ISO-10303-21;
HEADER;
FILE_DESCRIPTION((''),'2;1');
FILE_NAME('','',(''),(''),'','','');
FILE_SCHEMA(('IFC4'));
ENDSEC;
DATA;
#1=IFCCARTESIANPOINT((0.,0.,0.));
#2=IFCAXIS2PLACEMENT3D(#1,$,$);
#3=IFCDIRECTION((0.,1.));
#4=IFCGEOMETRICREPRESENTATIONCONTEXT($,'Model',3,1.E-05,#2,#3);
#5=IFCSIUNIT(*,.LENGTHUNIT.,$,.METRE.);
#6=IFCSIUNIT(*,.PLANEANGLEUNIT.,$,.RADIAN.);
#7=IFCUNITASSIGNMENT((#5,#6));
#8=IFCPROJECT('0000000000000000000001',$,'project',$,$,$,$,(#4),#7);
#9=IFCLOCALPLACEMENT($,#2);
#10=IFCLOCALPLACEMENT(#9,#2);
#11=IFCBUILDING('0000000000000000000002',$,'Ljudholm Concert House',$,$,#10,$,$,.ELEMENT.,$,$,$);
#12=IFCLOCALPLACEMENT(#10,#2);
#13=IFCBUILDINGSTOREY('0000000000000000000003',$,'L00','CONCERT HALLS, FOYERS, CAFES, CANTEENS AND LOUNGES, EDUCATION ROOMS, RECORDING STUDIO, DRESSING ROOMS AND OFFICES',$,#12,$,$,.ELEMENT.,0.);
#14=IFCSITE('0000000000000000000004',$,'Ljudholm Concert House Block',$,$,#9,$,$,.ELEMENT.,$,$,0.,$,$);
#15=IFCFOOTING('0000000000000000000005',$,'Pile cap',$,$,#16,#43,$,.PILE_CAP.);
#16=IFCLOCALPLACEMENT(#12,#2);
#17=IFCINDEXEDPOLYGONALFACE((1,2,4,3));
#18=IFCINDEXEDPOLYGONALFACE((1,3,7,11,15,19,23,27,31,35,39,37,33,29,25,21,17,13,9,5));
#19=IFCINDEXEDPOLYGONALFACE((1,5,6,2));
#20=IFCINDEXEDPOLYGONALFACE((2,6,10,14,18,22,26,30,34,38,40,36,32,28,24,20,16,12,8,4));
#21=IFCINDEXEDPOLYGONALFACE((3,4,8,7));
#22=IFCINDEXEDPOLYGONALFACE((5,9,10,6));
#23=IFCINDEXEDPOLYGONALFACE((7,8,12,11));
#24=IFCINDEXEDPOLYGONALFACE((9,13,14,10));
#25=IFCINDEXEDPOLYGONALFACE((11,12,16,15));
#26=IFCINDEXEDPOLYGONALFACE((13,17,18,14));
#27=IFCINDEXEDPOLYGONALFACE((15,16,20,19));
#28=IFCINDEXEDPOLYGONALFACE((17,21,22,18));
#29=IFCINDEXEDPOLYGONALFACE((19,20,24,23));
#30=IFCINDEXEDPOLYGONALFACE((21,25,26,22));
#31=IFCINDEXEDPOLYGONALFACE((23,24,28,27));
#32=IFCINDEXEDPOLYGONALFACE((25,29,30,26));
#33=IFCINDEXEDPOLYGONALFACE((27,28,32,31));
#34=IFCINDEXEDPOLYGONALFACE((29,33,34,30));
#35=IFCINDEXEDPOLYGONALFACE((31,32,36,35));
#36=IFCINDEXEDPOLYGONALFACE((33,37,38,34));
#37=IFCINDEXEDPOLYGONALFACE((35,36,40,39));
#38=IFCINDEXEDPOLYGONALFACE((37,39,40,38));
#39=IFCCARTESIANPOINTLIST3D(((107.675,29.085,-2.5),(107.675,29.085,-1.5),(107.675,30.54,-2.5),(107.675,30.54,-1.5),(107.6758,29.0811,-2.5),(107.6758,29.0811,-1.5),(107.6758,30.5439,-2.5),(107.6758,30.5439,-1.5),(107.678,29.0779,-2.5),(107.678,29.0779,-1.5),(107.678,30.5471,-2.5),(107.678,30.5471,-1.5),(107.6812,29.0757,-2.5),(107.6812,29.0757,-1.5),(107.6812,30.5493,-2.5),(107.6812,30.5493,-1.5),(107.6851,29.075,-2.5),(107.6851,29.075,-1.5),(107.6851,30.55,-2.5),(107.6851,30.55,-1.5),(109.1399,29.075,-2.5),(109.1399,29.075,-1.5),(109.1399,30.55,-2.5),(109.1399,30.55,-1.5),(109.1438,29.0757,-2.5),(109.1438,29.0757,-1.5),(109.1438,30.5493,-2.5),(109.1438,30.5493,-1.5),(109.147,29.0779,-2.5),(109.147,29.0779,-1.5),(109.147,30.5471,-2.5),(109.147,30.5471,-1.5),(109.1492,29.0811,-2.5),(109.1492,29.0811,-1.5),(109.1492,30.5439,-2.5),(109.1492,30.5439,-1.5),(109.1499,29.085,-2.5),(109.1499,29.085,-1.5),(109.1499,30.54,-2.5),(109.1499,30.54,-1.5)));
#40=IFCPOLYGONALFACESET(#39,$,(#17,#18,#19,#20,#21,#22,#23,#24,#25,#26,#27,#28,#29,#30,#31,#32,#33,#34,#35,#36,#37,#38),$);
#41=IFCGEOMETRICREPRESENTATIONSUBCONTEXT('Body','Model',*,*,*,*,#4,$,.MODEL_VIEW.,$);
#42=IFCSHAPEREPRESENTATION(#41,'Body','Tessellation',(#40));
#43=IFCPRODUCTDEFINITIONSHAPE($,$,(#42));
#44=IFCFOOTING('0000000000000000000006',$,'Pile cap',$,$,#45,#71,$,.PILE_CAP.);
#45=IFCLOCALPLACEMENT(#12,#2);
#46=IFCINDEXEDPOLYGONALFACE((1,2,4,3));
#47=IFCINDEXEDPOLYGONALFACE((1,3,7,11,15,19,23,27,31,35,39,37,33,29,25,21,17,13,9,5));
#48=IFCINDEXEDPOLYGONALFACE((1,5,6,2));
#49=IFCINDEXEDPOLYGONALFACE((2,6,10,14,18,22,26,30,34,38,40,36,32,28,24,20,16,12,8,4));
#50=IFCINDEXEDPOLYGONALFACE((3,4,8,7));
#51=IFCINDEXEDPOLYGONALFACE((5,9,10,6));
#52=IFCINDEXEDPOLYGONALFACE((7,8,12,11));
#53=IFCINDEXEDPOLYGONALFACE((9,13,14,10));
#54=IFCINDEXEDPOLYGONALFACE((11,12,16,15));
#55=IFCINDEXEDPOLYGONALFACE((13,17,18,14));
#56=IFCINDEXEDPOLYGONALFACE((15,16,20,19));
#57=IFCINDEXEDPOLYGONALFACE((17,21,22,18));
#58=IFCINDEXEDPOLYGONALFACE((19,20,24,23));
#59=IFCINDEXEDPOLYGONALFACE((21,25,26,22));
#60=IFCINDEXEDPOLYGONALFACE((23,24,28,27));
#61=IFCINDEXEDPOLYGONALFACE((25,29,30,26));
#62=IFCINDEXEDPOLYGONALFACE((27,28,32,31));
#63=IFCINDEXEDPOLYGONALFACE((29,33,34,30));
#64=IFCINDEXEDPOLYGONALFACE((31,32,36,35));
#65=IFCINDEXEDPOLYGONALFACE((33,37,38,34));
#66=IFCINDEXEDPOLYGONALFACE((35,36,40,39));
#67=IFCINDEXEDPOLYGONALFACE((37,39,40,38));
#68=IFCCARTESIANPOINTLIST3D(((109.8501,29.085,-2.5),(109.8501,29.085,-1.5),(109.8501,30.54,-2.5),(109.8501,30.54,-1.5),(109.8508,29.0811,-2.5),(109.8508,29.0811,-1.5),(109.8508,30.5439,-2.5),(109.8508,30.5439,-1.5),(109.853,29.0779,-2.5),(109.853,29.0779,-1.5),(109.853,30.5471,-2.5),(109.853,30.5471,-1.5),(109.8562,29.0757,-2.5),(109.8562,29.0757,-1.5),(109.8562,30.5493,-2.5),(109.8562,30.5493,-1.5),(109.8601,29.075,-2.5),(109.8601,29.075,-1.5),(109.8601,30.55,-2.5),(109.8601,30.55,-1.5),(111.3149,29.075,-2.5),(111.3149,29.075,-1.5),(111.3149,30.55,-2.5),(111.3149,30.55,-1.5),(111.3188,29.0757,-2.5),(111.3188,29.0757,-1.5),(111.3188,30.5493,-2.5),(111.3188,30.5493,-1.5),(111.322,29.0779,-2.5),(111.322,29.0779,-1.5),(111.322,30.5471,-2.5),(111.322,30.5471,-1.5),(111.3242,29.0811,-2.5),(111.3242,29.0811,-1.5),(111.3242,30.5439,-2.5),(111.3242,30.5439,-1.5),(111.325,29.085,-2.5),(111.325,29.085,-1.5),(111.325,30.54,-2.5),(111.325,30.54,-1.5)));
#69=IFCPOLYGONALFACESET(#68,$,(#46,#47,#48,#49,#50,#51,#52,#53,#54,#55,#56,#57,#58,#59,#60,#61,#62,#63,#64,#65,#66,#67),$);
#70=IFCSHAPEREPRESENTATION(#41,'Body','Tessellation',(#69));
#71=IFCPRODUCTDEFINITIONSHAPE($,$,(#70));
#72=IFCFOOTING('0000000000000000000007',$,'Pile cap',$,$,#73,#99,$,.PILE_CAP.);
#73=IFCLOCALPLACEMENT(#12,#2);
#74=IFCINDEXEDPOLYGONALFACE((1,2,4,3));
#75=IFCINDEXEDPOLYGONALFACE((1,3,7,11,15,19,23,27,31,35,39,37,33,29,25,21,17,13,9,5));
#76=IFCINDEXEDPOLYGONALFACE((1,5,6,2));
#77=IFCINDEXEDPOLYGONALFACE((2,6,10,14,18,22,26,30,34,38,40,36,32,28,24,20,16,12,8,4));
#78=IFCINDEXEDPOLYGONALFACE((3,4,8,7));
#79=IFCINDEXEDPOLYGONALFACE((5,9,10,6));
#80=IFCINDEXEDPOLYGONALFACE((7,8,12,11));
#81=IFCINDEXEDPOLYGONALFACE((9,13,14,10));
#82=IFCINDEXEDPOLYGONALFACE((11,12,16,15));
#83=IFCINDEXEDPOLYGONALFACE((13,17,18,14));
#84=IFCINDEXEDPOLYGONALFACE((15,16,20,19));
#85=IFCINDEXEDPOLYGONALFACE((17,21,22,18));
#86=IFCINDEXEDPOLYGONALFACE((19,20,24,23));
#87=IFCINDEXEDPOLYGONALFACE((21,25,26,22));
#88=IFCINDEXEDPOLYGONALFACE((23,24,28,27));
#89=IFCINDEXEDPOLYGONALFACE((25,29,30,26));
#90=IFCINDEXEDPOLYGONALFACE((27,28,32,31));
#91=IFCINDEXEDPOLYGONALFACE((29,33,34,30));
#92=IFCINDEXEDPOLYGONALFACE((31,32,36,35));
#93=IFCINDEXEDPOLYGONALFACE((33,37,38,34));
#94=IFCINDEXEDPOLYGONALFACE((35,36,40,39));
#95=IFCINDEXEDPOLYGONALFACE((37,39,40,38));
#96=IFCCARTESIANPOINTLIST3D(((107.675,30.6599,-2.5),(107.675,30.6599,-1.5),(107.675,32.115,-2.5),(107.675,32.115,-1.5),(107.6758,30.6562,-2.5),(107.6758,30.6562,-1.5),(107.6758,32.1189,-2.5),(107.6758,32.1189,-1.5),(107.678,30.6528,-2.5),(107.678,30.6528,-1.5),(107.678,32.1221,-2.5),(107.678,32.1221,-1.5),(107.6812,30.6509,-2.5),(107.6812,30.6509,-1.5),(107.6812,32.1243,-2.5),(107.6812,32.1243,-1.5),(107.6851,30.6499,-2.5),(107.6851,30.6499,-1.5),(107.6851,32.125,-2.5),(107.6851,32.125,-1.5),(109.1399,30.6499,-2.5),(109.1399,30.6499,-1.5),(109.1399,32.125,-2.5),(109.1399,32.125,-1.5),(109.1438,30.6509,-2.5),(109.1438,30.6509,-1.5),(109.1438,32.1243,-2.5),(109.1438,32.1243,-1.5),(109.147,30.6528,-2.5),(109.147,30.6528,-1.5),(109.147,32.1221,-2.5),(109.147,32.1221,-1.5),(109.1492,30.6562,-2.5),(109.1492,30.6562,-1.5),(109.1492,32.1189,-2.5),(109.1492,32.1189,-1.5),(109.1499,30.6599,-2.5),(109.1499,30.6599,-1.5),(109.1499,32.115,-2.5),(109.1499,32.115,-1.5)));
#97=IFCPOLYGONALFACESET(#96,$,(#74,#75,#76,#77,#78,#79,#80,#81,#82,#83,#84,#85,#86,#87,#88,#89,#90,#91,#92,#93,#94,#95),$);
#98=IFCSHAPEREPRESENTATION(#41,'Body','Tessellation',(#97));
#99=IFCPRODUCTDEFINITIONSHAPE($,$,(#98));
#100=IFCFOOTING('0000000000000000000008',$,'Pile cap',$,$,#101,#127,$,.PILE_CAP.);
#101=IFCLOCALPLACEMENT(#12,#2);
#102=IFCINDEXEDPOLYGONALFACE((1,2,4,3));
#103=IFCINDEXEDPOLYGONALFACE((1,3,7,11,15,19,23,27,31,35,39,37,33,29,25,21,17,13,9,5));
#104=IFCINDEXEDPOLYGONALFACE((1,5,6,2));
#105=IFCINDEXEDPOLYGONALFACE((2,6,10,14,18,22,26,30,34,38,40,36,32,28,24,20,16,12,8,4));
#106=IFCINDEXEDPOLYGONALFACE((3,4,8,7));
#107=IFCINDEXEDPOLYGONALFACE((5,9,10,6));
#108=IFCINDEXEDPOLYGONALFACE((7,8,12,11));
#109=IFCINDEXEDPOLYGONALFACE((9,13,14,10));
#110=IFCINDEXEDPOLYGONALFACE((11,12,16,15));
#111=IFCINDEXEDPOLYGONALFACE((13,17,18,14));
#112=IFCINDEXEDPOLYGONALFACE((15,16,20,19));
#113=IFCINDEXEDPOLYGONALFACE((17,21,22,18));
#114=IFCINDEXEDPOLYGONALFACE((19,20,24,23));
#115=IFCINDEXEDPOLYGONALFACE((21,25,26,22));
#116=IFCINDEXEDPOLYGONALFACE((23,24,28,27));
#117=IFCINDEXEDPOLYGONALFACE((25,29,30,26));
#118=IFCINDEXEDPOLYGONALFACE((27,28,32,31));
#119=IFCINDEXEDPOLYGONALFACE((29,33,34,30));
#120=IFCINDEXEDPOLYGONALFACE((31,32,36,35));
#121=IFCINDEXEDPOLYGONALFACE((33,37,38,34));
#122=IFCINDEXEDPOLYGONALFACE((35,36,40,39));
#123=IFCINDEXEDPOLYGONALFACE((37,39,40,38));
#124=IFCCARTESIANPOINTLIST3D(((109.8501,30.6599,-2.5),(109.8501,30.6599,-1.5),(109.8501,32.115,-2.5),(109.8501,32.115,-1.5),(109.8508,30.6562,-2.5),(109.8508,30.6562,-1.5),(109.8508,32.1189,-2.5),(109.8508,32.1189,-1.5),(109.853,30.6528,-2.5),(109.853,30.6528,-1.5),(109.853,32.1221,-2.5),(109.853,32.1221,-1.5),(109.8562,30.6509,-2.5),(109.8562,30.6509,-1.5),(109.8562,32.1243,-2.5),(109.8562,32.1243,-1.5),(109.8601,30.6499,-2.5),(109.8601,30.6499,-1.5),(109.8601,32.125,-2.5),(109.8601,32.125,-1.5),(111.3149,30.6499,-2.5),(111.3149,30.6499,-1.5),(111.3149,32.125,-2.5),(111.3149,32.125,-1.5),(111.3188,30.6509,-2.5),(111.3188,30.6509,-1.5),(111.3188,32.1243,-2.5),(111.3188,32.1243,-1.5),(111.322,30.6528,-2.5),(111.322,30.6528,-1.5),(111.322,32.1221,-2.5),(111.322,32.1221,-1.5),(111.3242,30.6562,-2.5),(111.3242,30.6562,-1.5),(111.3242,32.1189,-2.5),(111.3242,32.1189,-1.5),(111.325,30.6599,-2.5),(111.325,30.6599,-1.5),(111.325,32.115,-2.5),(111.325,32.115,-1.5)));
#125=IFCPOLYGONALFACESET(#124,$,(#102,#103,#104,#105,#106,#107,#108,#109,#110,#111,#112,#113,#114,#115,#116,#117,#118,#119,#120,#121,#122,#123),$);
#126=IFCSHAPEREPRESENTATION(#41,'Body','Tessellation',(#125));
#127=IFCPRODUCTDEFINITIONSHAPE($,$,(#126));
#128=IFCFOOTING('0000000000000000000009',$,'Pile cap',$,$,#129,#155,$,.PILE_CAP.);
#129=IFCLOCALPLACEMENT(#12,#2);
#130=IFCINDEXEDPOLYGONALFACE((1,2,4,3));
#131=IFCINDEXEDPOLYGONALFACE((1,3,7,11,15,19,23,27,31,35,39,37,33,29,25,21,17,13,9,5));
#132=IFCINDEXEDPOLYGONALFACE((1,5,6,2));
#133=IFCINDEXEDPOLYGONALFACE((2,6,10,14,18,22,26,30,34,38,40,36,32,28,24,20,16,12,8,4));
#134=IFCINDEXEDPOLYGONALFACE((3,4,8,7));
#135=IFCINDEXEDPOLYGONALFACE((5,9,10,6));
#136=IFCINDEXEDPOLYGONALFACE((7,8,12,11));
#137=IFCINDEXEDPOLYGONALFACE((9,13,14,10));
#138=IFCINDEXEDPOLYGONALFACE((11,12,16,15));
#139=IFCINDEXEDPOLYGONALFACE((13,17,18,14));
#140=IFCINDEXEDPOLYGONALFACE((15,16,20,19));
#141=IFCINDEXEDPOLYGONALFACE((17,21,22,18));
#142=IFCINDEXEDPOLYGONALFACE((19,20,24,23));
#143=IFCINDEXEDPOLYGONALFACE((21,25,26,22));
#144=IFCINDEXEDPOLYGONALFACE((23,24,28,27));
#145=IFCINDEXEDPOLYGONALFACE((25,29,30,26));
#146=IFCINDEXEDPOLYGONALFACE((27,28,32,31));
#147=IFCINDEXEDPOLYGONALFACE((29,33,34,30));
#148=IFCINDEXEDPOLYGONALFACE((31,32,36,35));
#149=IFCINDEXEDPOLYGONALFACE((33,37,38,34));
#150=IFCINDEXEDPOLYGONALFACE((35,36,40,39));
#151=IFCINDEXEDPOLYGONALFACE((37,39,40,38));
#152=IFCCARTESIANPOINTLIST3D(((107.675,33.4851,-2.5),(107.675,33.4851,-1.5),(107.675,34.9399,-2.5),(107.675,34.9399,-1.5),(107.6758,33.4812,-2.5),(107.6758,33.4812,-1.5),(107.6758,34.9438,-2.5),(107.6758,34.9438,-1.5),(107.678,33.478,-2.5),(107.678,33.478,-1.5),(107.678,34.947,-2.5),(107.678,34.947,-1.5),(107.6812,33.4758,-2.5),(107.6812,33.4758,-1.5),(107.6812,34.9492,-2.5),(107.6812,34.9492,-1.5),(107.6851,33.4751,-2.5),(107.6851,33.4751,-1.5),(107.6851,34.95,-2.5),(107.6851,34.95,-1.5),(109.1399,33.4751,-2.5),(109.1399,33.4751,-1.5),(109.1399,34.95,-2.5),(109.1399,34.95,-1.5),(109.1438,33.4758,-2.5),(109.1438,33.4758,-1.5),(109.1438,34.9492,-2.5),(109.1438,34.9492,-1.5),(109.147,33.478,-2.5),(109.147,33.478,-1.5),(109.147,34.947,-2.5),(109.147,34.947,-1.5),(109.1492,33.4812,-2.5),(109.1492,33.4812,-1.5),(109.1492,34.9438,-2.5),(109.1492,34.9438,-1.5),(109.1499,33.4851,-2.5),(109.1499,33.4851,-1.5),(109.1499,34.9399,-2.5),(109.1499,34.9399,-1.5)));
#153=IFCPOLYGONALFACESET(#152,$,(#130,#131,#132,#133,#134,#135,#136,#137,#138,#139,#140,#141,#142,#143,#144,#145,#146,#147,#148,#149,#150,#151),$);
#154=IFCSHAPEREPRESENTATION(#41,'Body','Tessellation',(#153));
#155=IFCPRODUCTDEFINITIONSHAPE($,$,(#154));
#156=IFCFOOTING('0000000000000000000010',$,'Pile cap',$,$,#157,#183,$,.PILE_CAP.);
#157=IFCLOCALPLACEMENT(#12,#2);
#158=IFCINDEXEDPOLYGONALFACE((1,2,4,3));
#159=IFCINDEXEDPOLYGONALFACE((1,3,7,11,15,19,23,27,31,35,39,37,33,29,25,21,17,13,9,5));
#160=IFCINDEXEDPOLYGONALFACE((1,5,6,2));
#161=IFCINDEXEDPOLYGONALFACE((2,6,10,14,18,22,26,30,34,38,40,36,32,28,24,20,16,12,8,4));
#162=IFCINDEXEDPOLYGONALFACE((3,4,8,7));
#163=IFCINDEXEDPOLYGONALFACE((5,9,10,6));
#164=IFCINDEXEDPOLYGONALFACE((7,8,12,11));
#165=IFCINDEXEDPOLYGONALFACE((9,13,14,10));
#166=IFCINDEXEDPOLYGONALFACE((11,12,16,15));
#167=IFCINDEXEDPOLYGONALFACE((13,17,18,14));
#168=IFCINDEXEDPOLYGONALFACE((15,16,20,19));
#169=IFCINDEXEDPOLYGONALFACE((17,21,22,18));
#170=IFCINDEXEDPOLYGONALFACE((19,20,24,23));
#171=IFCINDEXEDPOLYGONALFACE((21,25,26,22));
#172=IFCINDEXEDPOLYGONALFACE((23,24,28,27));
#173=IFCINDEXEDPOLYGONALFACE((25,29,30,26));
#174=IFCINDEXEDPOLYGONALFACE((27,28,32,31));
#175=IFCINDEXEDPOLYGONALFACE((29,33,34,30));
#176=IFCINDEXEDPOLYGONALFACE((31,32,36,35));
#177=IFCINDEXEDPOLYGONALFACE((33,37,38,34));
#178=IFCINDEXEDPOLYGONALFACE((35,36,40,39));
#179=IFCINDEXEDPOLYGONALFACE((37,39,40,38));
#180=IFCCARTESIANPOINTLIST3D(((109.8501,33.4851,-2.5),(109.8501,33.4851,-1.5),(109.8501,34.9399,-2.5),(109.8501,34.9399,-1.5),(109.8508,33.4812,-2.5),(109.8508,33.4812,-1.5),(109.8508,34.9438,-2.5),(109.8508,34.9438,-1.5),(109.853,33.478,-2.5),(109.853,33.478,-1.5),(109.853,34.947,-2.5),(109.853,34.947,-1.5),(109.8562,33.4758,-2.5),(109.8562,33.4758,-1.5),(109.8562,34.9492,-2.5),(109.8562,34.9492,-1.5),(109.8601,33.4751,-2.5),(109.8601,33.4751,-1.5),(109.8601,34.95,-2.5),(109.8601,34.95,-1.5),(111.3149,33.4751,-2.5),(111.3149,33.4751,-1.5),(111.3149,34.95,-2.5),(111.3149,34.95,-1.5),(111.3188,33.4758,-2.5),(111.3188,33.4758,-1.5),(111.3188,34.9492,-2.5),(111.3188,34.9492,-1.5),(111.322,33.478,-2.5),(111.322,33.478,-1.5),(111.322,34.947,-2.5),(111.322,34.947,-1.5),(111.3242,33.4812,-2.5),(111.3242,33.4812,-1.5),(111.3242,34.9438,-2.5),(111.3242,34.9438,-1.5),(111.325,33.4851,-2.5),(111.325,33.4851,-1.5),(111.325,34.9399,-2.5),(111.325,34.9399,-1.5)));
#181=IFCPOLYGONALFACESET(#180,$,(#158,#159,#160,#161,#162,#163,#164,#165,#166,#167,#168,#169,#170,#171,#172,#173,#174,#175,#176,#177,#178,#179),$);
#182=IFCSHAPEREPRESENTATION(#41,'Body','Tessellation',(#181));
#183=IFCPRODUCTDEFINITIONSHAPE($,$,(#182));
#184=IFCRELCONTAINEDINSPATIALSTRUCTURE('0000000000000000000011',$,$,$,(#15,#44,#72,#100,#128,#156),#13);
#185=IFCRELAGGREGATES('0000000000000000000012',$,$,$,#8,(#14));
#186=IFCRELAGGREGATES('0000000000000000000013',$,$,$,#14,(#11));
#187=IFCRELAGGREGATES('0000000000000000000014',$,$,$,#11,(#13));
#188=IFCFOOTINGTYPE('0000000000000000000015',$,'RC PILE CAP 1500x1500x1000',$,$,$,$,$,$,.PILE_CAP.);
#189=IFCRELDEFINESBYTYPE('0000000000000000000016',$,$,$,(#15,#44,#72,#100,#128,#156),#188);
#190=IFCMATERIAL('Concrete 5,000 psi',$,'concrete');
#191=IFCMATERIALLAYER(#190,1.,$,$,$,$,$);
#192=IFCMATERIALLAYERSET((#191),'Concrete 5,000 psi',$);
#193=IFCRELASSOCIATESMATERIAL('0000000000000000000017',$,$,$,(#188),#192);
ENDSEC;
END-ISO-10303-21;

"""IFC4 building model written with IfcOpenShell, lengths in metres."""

from ifc_helpers import new_model, si_unit, direction, frame, origin, place, context, subcontext, project, spatial, polyline, outline, extrude, material, layer, layer_set, type_object, element, save


model = new_model("IFC4")

# Units and contexts
model_context = context("Model", 3, precision=1e-05, world=origin(), true_north=direction((0.0, 1.0)))
body_context = subcontext(model_context, "Body", "Model", "MODEL_VIEW")
ifc_project = project(units=[si_unit("LENGTHUNIT", "METRE"), si_unit("PLANEANGLEUNIT", "RADIAN")], contexts=[model_context])

# Site, building, storey
site_placement = place(None, origin())
site = spatial("IfcSite", under=ifc_project, at=site_placement, Name="Ljudholm Concert House Block", CompositionType="ELEMENT", RefElevation=0.0)
building_placement = place(site_placement, origin())
building = spatial("IfcBuilding", under=site, at=building_placement, Name="Ljudholm Concert House", CompositionType="ELEMENT")
storey_placement = place(building_placement, origin())
storey = spatial("IfcBuildingStorey", under=building, at=storey_placement, Name="L00", Description="CONCERT HALLS, FOYERS, CAFES, CANTEENS AND LOUNGES, EDUCATION ROOMS, RECORDING STUDIO, DRESSING ROOMS AND OFFICES", CompositionType="ELEMENT", Elevation=0.0)

# Footings
ifc_material_1 = material(Name="Concrete 5,000 psi", Category="concrete")
ifc_layer_1 = layer(ifc_material_1, 1.0)
ifc_layer_set_1 = layer_set([ifc_layer_1], Name="Concrete 5,000 psi")
footing_type_1 = type_object("IfcFootingType", Name="RC PILE CAP 1500x1500x1000", PredefinedType="PILE_CAP", material=ifc_layer_set_1)
footing_1_placement = place(storey_placement, frame((0.0, 0.0, -2.5)))
element("IfcFooting", 1, at=footing_1_placement, inside=storey, type_object=footing_type_1, Name="Pile cap", PredefinedType="PILE_CAP", context=body_context, shape_type="SweptSolid", body=[
    extrude(outline(polyline([(107.6851, 29.075), (109.1399, 29.075), (109.1438, 29.0757), (109.147, 29.0779), (109.1492, 29.0811), (109.1499, 29.085), (109.1499, 30.54), (109.1492, 30.5439), (109.147, 30.5471), (109.1438, 30.5493), (109.1399, 30.55), (107.6851, 30.55), (107.6812, 30.5493), (107.678, 30.5471), (107.6758, 30.5439), (107.675, 30.54), (107.675, 29.085), (107.6758, 29.0811), (107.678, 29.0779), (107.6812, 29.0757), (107.6851, 29.075)])), origin(), (0.0, 0.0, 1.0), 1.0),
])
footing_2_placement = place(storey_placement, frame((0.0, 0.0, -2.5)))
element("IfcFooting", 2, at=footing_2_placement, inside=storey, type_object=footing_type_1, Name="Pile cap", PredefinedType="PILE_CAP", context=body_context, shape_type="SweptSolid", body=[
    extrude(outline(polyline([(109.8601, 29.075), (111.3149, 29.075), (111.3188, 29.0757), (111.322, 29.0779), (111.3242, 29.0811), (111.325, 29.085), (111.325, 30.54), (111.3242, 30.5439), (111.322, 30.5471), (111.3188, 30.5493), (111.3149, 30.55), (109.8601, 30.55), (109.8562, 30.5493), (109.853, 30.5471), (109.8508, 30.5439), (109.8501, 30.54), (109.8501, 29.085), (109.8508, 29.0811), (109.853, 29.0779), (109.8562, 29.0757), (109.8601, 29.075)])), origin(), (0.0, 0.0, 1.0), 1.0),
])
footing_3_placement = place(storey_placement, frame((0.0, 0.0, -2.5)))
element("IfcFooting", 3, at=footing_3_placement, inside=storey, type_object=footing_type_1, Name="Pile cap", PredefinedType="PILE_CAP", context=body_context, shape_type="SweptSolid", body=[
    extrude(outline(polyline([(107.6851, 30.6499), (109.1399, 30.6499), (109.1438, 30.6509), (109.147, 30.6528), (109.1492, 30.6562), (109.1499, 30.6599), (109.1499, 32.115), (109.1492, 32.1189), (109.147, 32.1221), (109.1438, 32.1243), (109.1399, 32.125), (107.6851, 32.125), (107.6812, 32.1243), (107.678, 32.1221), (107.6758, 32.1189), (107.675, 32.115), (107.675, 30.6599), (107.6758, 30.6562), (107.678, 30.6528), (107.6812, 30.6509), (107.6851, 30.6499)])), origin(), (0.0, 0.0, 1.0), 1.0),
])
footing_4_placement = place(storey_placement, frame((0.0, 0.0, -2.5)))
element("IfcFooting", 4, at=footing_4_placement, inside=storey, type_object=footing_type_1, Name="Pile cap", PredefinedType="PILE_CAP", context=body_context, shape_type="SweptSolid", body=[
    extrude(outline(polyline([(109.8601, 30.6499), (111.3149, 30.6499), (111.3188, 30.6509), (111.322, 30.6528), (111.3242, 30.6562), (111.325, 30.6599), (111.325, 32.115), (111.3242, 32.1189), (111.322, 32.1221), (111.3188, 32.1243), (111.3149, 32.125), (109.8601, 32.125), (109.8562, 32.1243), (109.853, 32.1221), (109.8508, 32.1189), (109.8501, 32.115), (109.8501, 30.6599), (109.8508, 30.6562), (109.853, 30.6528), (109.8562, 30.6509), (109.8601, 30.6499)])), origin(), (0.0, 0.0, 1.0), 1.0),
])
footing_5_placement = place(storey_placement, frame((0.0, 0.0, -2.5)))
element("IfcFooting", 5, at=footing_5_placement, inside=storey, type_object=footing_type_1, Name="Pile cap", PredefinedType="PILE_CAP", context=body_context, shape_type="SweptSolid", body=[
    extrude(outline(polyline([(107.6851, 33.4751), (109.1399, 33.4751), (109.1438, 33.4758), (109.147, 33.478), (109.1492, 33.4812), (109.1499, 33.4851), (109.1499, 34.9399), (109.1492, 34.9438), (109.147, 34.947), (109.1438, 34.9492), (109.1399, 34.95), (107.6851, 34.95), (107.6812, 34.9492), (107.678, 34.947), (107.6758, 34.9438), (107.675, 34.9399), (107.675, 33.4851), (107.6758, 33.4812), (107.678, 33.478), (107.6812, 33.4758), (107.6851, 33.4751)])), origin(), (0.0, 0.0, 1.0), 1.0),
])
footing_6_placement = place(storey_placement, frame((0.0, 0.0, -2.5)))
element("IfcFooting", 6, at=footing_6_placement, inside=storey, type_object=footing_type_1, Name="Pile cap", PredefinedType="PILE_CAP", context=body_context, shape_type="SweptSolid", body=[
    extrude(outline(polyline([(109.8601, 33.4751), (111.3149, 33.4751), (111.3188, 33.4758), (111.322, 33.478), (111.3242, 33.4812), (111.325, 33.4851), (111.325, 34.9399), (111.3242, 34.9438), (111.322, 34.947), (111.3188, 34.9492), (111.3149, 34.95), (109.8601, 34.95), (109.8562, 34.9492), (109.853, 34.947), (109.8508, 34.9438), (109.8501, 34.9399), (109.8501, 33.4851), (109.8508, 33.4812), (109.853, 33.478), (109.8562, 33.4758), (109.8601, 33.4751)])), origin(), (0.0, 0.0, 1.0), 1.0),
])

save(model, "model.ifc")
